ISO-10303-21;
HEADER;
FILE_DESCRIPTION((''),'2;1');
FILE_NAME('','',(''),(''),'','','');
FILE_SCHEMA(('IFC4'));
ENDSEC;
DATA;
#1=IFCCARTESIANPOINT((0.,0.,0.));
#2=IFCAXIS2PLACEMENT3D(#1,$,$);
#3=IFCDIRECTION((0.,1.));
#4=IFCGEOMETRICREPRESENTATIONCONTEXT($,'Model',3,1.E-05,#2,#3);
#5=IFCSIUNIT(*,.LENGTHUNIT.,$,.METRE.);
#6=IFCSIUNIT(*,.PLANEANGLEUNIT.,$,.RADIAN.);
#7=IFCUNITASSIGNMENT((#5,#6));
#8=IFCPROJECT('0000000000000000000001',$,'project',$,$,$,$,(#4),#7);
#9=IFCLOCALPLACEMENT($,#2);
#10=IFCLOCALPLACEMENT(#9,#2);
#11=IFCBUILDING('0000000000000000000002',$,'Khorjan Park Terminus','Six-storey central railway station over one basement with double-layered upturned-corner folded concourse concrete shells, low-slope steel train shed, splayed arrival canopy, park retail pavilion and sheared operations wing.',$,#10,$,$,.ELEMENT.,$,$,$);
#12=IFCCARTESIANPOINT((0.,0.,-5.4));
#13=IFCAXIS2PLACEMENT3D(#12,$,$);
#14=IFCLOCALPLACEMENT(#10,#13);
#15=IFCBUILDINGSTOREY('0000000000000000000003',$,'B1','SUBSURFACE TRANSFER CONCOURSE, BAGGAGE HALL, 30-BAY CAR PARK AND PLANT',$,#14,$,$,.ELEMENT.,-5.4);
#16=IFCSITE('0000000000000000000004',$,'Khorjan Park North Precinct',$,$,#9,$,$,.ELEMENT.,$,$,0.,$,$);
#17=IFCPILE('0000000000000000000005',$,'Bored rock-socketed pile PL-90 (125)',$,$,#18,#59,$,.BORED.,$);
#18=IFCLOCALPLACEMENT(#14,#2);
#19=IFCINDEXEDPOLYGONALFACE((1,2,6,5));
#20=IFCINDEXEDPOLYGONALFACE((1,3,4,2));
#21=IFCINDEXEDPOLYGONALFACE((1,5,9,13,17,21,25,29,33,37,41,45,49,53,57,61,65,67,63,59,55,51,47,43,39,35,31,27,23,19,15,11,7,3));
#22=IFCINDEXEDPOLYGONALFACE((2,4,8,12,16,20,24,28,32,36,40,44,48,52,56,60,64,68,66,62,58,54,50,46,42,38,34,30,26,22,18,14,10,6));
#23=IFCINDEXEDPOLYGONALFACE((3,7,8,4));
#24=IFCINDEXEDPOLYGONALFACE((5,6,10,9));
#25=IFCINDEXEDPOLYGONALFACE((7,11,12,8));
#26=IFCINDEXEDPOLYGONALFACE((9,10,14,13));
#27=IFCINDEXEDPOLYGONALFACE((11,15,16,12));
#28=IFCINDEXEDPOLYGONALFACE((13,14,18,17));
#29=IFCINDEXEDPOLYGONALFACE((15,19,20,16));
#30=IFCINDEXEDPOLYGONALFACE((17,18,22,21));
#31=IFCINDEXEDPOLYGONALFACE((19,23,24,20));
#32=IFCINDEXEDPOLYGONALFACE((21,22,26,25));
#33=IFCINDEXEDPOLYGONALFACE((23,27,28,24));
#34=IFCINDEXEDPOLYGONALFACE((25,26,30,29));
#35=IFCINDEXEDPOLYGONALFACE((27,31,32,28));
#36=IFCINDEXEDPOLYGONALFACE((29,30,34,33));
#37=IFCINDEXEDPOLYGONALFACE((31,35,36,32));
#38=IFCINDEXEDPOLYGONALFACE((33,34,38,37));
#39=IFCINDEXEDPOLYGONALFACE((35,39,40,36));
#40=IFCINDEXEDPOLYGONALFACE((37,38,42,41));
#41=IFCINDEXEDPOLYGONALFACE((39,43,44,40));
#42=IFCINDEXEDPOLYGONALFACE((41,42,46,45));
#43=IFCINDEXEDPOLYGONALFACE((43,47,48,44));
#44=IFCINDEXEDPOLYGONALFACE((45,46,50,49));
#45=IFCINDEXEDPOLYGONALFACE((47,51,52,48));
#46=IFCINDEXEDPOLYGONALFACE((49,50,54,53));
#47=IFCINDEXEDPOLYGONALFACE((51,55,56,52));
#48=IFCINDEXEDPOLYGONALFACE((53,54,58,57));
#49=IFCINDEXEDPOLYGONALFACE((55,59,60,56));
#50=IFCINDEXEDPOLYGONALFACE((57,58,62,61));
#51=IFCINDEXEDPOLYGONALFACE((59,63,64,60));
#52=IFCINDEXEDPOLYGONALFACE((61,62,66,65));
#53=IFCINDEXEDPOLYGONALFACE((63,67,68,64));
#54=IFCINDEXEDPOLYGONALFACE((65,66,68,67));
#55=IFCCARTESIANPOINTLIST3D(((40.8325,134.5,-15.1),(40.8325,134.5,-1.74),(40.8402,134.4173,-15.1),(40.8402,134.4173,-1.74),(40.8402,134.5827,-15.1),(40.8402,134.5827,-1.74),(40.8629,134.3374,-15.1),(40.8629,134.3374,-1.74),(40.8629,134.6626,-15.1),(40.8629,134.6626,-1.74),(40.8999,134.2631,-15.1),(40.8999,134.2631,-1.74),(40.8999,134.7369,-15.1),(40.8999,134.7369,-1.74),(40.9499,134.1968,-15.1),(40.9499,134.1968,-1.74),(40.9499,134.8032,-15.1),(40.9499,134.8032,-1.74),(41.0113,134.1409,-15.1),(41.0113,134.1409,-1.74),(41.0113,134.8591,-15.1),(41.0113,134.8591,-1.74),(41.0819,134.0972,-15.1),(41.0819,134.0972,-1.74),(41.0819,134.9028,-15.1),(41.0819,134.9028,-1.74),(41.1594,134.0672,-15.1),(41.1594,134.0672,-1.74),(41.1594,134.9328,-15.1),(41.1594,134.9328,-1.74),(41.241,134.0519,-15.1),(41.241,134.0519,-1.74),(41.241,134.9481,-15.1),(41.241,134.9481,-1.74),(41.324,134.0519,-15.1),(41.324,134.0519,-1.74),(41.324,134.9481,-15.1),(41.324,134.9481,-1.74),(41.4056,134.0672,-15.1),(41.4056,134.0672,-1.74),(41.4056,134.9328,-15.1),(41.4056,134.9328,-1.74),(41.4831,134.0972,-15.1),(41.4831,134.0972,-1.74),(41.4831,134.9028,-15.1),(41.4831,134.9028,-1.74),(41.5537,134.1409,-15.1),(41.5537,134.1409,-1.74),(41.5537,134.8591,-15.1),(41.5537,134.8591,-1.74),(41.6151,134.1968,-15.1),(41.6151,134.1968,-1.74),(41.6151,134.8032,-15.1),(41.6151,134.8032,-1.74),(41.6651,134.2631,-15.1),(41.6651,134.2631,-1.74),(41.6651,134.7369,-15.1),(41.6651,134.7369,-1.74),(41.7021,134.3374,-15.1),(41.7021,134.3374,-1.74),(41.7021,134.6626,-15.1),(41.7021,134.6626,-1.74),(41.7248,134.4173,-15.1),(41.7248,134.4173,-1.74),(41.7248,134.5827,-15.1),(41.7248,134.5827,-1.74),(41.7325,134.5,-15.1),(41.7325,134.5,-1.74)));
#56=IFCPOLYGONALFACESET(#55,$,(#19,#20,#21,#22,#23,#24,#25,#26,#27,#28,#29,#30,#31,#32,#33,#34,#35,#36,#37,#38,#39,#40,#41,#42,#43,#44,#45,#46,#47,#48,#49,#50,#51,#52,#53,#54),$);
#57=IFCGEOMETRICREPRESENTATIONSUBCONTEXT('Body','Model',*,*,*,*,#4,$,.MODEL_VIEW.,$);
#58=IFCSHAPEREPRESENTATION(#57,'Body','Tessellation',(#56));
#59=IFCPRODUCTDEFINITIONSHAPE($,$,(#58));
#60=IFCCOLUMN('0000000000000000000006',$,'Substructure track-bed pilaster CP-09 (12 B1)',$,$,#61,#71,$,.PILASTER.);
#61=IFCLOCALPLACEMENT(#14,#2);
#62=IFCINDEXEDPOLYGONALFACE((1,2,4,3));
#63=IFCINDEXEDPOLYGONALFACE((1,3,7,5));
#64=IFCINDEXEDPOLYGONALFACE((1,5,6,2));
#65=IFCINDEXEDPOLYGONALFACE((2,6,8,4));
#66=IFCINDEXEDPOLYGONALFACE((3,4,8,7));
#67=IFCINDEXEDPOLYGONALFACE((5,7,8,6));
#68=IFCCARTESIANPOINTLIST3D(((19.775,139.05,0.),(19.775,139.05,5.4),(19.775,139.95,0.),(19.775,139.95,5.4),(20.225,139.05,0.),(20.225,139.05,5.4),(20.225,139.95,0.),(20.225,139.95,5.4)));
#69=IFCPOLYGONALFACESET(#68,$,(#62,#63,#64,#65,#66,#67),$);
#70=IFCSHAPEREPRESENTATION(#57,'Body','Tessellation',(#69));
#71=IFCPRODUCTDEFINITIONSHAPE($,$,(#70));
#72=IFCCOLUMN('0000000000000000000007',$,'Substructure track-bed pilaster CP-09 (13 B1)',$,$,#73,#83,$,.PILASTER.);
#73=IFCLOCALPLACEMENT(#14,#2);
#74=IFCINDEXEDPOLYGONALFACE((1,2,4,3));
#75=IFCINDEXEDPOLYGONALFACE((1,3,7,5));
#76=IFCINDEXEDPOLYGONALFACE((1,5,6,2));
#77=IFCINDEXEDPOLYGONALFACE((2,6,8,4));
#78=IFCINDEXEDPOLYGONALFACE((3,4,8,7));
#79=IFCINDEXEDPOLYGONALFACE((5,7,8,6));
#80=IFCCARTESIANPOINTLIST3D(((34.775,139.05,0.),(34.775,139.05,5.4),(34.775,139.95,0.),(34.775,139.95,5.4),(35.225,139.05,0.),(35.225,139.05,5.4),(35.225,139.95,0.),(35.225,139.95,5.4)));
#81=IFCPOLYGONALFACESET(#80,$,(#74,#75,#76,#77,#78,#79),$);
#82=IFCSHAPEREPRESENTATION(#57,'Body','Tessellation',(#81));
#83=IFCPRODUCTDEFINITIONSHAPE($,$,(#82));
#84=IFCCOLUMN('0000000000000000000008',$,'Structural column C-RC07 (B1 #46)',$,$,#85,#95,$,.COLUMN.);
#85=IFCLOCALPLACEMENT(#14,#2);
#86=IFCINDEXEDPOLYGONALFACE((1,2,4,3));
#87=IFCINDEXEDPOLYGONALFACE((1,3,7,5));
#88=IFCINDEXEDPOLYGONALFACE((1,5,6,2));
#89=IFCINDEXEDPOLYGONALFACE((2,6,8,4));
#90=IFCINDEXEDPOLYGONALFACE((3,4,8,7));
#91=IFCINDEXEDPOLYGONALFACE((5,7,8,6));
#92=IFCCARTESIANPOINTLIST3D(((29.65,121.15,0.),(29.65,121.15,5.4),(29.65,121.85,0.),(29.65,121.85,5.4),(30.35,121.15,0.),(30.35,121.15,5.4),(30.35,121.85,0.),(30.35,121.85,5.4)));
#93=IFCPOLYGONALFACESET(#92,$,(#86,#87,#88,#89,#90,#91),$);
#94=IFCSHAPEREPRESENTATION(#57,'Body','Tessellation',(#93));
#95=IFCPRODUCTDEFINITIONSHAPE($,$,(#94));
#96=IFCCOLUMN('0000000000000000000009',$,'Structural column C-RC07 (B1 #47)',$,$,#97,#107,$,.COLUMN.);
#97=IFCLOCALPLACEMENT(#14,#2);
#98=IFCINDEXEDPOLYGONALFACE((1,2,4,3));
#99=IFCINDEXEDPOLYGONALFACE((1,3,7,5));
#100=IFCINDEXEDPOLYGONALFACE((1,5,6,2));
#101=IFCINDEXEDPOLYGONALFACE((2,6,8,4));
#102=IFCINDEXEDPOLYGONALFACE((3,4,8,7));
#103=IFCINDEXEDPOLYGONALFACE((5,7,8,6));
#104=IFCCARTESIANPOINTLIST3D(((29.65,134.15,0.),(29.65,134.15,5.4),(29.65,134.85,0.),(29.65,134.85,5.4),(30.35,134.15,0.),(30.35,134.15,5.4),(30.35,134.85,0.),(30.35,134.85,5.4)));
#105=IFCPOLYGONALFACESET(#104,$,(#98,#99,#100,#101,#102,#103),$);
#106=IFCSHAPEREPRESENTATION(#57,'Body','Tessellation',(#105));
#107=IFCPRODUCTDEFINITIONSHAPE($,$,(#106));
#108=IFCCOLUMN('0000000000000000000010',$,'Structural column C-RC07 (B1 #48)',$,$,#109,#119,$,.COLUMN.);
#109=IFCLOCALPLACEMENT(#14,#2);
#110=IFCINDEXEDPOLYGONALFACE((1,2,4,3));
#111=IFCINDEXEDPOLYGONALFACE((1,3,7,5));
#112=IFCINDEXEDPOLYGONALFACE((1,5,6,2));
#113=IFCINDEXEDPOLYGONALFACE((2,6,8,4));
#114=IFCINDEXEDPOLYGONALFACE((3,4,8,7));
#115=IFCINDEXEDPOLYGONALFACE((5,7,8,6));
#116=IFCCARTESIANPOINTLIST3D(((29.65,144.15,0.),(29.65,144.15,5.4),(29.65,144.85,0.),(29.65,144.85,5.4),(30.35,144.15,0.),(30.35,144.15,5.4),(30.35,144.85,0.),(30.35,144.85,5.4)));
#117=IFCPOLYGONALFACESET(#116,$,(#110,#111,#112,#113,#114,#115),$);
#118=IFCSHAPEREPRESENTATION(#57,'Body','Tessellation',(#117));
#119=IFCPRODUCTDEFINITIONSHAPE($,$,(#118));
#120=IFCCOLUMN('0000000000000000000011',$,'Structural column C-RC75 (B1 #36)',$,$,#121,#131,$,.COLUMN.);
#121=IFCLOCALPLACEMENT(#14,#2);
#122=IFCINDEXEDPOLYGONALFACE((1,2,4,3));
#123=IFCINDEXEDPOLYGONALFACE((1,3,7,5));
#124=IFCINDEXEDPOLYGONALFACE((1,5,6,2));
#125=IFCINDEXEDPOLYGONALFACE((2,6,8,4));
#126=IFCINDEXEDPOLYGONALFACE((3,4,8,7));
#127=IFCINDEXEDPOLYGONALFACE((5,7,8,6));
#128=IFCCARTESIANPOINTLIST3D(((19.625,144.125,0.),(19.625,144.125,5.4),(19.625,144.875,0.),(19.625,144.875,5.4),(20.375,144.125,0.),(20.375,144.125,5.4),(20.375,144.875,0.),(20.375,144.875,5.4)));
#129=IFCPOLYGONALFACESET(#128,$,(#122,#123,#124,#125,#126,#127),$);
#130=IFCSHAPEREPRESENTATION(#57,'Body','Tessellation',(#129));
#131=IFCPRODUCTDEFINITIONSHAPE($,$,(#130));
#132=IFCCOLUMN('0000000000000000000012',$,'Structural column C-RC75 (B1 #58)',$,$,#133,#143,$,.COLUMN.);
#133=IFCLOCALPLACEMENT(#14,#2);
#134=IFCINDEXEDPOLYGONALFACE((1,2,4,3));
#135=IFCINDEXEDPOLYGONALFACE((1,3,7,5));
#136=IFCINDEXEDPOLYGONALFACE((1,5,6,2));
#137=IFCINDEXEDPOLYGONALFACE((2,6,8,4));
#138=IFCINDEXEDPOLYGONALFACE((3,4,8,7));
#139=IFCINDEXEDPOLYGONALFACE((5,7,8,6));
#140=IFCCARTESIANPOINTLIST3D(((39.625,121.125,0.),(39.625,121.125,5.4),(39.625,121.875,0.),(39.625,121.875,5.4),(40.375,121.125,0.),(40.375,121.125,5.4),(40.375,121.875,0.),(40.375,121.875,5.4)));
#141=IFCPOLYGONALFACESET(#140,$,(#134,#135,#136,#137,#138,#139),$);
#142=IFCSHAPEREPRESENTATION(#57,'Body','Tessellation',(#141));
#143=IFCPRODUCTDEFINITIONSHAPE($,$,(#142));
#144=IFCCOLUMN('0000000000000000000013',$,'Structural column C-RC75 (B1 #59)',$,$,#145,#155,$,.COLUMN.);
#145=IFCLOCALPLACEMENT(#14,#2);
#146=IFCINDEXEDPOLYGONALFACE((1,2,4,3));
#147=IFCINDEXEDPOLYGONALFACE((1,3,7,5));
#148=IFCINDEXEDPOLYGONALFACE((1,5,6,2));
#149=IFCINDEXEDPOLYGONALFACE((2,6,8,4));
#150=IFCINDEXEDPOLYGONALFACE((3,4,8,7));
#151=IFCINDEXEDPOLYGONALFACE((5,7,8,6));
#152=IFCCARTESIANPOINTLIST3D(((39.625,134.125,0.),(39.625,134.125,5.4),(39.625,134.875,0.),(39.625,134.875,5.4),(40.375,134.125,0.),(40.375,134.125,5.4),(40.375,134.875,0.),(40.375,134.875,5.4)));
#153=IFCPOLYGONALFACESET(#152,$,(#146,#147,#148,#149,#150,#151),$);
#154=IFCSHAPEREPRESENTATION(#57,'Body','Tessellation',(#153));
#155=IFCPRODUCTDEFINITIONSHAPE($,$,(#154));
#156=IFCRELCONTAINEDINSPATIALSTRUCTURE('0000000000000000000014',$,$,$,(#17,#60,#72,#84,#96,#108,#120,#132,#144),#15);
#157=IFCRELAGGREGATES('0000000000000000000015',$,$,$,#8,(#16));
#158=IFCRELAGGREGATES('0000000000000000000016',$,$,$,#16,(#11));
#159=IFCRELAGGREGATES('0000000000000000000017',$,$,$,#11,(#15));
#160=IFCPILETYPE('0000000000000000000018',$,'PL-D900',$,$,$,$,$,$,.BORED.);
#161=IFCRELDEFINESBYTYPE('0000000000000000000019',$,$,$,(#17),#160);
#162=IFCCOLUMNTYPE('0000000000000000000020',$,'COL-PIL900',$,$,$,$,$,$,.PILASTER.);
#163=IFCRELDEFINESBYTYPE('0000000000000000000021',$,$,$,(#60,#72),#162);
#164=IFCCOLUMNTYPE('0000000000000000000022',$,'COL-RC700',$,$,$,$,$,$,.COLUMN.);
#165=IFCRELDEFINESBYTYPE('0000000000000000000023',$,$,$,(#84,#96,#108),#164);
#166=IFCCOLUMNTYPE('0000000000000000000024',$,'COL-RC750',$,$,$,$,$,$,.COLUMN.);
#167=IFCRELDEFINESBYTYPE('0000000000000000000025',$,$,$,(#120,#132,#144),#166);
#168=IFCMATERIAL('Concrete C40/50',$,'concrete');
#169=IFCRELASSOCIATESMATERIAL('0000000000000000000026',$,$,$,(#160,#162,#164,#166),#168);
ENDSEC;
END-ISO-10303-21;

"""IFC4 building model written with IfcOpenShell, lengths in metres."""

from ifc_helpers import new_model, si_unit, direction, frame, origin, origin_2d, place, context, subcontext, project, spatial, rectangle, circle, extrude, material, material_profile, profile_set, type_object, element, save


model = new_model("IFC4")

# Units and contexts
model_context = context("Model", 3, precision=1e-05, world=origin(), true_north=direction((0.0, 1.0)))
body_context = subcontext(model_context, "Body", "Model", "MODEL_VIEW")
ifc_project = project(units=[si_unit("LENGTHUNIT", "METRE"), si_unit("PLANEANGLEUNIT", "RADIAN")], contexts=[model_context])

# Site, building, storey
site_placement = place(None, origin())
site = spatial("IfcSite", under=ifc_project, at=site_placement, Name="Khorjan Park North Precinct", CompositionType="ELEMENT", RefElevation=0.0)
building_placement = place(site_placement, origin())
building = spatial("IfcBuilding", under=site, at=building_placement, Name="Khorjan Park Terminus", Description="Six-storey central railway station over one basement with double-layered upturned-corner folded concourse concrete shells, low-slope steel train shed, splayed arrival canopy, park retail pavilion and sheared operations wing.", CompositionType="ELEMENT")
storey_placement = place(building_placement, frame((0.0, 0.0, -5.4)))
storey = spatial("IfcBuildingStorey", under=building, at=storey_placement, Name="B1", Description="SUBSURFACE TRANSFER CONCOURSE, BAGGAGE HALL, 30-BAY CAR PARK AND PLANT", CompositionType="ELEMENT", Elevation=-5.4)

# Shared definitions
ifc_material = material(Name="Concrete C40/50", Category="concrete")

# Pile
ifc_material_profile_1 = material_profile(ifc_material, circle(Radius=0.45, at=origin_2d()), Name="BORED D900")
ifc_profile_set_1 = profile_set([ifc_material_profile_1], Name="Concrete C40/50")
pile_type = type_object("IfcPileType", Name="PL-D900", PredefinedType="BORED", material=ifc_profile_set_1)
for number, where, z_axis, x_axis, name in (
    (1, (41.2825, 134.5, -1.74), (0.0, 0.0, -1.0), (1.0, 0.0, 0.0), "Bored rock-socketed pile PL-90 (125)"),
):
    element("IfcPile", number, at=place(storey_placement, frame(where, z_axis=z_axis, x_axis=x_axis)), inside=storey, type_object=pile_type, Name=name, PredefinedType="BORED", context=body_context, shape_type="SweptSolid", body=[
        extrude(circle(Radius=0.45, at=origin_2d()), origin(), (0.0, 0.0, 1.0), 13.36),
    ])

# Columns
ifc_material_profile_2 = material_profile(ifc_material, rectangle(XDim=0.45, YDim=0.9, at=origin_2d()), Name="RC 450x900")
ifc_profile_set_2 = profile_set([ifc_material_profile_2], Name="Concrete C40/50")
column_type_1 = type_object("IfcColumnType", Name="COL-PIL900", PredefinedType="PILASTER", material=ifc_profile_set_2)
for number, where, z_axis, x_axis, name in (
    (2, (20.0, 139.5, 0.0), (0.0, 0.0, 1.0), (1.0, 0.0, 0.0), "Substructure track-bed pilaster CP-09 (12 B1)"),
    (3, (35.0, 139.5, 0.0), (0.0, 0.0, 1.0), (1.0, 0.0, 0.0), "Substructure track-bed pilaster CP-09 (13 B1)"),
):
    element("IfcColumn", number, at=place(storey_placement, frame(where, z_axis=z_axis, x_axis=x_axis)), inside=storey, type_object=column_type_1, Name=name, PredefinedType="PILASTER", context=body_context, shape_type="SweptSolid", body=[
        extrude(rectangle(XDim=0.45, YDim=0.9, at=origin_2d()), origin(), (0.0, 0.0, 1.0), 5.4),
    ])
ifc_material_profile_3 = material_profile(ifc_material, rectangle(XDim=0.7, YDim=0.7, at=origin_2d()), Name="RC 700x700")
ifc_profile_set_3 = profile_set([ifc_material_profile_3], Name="Concrete C40/50")
column_type_2 = type_object("IfcColumnType", Name="COL-RC700", PredefinedType="COLUMN", material=ifc_profile_set_3)
for number, where, z_axis, x_axis, name in (
    (4, (30.0, 121.5, 0.0), (0.0, 0.0, 1.0), (1.0, 0.0, 0.0), "Structural column C-RC07 (B1 #46)"),
    (5, (30.0, 134.5, 0.0), (0.0, 0.0, 1.0), (1.0, 0.0, 0.0), "Structural column C-RC07 (B1 #47)"),
    (6, (30.0, 144.5, 0.0), (0.0, 0.0, 1.0), (1.0, 0.0, 0.0), "Structural column C-RC07 (B1 #48)"),
):
    element("IfcColumn", number, at=place(storey_placement, frame(where, z_axis=z_axis, x_axis=x_axis)), inside=storey, type_object=column_type_2, Name=name, PredefinedType="COLUMN", context=body_context, shape_type="SweptSolid", body=[
        extrude(rectangle(XDim=0.7, YDim=0.7, at=origin_2d()), origin(), (0.0, 0.0, 1.0), 5.4),
    ])
ifc_material_profile_4 = material_profile(ifc_material, rectangle(XDim=0.75, YDim=0.75, at=origin_2d()), Name="RC 750x750")
ifc_profile_set_4 = profile_set([ifc_material_profile_4], Name="Concrete C40/50")
column_type_3 = type_object("IfcColumnType", Name="COL-RC750", PredefinedType="COLUMN", material=ifc_profile_set_4)
for number, where, z_axis, x_axis, name in (
    (7, (20.0, 144.5, 0.0), (0.0, 0.0, 1.0), (1.0, 0.0, 0.0), "Structural column C-RC75 (B1 #36)"),
    (8, (40.0, 121.5, 0.0), (0.0, 0.0, 1.0), (1.0, 0.0, 0.0), "Structural column C-RC75 (B1 #58)"),
    (9, (40.0, 134.5, 0.0), (0.0, 0.0, 1.0), (1.0, 0.0, 0.0), "Structural column C-RC75 (B1 #59)"),
):
    element("IfcColumn", number, at=place(storey_placement, frame(where, z_axis=z_axis, x_axis=x_axis)), inside=storey, type_object=column_type_3, Name=name, PredefinedType="COLUMN", context=body_context, shape_type="SweptSolid", body=[
        extrude(rectangle(XDim=0.75, YDim=0.75, at=origin_2d()), origin(), (0.0, 0.0, 1.0), 5.4),
    ])

save(model, "model.ifc")
